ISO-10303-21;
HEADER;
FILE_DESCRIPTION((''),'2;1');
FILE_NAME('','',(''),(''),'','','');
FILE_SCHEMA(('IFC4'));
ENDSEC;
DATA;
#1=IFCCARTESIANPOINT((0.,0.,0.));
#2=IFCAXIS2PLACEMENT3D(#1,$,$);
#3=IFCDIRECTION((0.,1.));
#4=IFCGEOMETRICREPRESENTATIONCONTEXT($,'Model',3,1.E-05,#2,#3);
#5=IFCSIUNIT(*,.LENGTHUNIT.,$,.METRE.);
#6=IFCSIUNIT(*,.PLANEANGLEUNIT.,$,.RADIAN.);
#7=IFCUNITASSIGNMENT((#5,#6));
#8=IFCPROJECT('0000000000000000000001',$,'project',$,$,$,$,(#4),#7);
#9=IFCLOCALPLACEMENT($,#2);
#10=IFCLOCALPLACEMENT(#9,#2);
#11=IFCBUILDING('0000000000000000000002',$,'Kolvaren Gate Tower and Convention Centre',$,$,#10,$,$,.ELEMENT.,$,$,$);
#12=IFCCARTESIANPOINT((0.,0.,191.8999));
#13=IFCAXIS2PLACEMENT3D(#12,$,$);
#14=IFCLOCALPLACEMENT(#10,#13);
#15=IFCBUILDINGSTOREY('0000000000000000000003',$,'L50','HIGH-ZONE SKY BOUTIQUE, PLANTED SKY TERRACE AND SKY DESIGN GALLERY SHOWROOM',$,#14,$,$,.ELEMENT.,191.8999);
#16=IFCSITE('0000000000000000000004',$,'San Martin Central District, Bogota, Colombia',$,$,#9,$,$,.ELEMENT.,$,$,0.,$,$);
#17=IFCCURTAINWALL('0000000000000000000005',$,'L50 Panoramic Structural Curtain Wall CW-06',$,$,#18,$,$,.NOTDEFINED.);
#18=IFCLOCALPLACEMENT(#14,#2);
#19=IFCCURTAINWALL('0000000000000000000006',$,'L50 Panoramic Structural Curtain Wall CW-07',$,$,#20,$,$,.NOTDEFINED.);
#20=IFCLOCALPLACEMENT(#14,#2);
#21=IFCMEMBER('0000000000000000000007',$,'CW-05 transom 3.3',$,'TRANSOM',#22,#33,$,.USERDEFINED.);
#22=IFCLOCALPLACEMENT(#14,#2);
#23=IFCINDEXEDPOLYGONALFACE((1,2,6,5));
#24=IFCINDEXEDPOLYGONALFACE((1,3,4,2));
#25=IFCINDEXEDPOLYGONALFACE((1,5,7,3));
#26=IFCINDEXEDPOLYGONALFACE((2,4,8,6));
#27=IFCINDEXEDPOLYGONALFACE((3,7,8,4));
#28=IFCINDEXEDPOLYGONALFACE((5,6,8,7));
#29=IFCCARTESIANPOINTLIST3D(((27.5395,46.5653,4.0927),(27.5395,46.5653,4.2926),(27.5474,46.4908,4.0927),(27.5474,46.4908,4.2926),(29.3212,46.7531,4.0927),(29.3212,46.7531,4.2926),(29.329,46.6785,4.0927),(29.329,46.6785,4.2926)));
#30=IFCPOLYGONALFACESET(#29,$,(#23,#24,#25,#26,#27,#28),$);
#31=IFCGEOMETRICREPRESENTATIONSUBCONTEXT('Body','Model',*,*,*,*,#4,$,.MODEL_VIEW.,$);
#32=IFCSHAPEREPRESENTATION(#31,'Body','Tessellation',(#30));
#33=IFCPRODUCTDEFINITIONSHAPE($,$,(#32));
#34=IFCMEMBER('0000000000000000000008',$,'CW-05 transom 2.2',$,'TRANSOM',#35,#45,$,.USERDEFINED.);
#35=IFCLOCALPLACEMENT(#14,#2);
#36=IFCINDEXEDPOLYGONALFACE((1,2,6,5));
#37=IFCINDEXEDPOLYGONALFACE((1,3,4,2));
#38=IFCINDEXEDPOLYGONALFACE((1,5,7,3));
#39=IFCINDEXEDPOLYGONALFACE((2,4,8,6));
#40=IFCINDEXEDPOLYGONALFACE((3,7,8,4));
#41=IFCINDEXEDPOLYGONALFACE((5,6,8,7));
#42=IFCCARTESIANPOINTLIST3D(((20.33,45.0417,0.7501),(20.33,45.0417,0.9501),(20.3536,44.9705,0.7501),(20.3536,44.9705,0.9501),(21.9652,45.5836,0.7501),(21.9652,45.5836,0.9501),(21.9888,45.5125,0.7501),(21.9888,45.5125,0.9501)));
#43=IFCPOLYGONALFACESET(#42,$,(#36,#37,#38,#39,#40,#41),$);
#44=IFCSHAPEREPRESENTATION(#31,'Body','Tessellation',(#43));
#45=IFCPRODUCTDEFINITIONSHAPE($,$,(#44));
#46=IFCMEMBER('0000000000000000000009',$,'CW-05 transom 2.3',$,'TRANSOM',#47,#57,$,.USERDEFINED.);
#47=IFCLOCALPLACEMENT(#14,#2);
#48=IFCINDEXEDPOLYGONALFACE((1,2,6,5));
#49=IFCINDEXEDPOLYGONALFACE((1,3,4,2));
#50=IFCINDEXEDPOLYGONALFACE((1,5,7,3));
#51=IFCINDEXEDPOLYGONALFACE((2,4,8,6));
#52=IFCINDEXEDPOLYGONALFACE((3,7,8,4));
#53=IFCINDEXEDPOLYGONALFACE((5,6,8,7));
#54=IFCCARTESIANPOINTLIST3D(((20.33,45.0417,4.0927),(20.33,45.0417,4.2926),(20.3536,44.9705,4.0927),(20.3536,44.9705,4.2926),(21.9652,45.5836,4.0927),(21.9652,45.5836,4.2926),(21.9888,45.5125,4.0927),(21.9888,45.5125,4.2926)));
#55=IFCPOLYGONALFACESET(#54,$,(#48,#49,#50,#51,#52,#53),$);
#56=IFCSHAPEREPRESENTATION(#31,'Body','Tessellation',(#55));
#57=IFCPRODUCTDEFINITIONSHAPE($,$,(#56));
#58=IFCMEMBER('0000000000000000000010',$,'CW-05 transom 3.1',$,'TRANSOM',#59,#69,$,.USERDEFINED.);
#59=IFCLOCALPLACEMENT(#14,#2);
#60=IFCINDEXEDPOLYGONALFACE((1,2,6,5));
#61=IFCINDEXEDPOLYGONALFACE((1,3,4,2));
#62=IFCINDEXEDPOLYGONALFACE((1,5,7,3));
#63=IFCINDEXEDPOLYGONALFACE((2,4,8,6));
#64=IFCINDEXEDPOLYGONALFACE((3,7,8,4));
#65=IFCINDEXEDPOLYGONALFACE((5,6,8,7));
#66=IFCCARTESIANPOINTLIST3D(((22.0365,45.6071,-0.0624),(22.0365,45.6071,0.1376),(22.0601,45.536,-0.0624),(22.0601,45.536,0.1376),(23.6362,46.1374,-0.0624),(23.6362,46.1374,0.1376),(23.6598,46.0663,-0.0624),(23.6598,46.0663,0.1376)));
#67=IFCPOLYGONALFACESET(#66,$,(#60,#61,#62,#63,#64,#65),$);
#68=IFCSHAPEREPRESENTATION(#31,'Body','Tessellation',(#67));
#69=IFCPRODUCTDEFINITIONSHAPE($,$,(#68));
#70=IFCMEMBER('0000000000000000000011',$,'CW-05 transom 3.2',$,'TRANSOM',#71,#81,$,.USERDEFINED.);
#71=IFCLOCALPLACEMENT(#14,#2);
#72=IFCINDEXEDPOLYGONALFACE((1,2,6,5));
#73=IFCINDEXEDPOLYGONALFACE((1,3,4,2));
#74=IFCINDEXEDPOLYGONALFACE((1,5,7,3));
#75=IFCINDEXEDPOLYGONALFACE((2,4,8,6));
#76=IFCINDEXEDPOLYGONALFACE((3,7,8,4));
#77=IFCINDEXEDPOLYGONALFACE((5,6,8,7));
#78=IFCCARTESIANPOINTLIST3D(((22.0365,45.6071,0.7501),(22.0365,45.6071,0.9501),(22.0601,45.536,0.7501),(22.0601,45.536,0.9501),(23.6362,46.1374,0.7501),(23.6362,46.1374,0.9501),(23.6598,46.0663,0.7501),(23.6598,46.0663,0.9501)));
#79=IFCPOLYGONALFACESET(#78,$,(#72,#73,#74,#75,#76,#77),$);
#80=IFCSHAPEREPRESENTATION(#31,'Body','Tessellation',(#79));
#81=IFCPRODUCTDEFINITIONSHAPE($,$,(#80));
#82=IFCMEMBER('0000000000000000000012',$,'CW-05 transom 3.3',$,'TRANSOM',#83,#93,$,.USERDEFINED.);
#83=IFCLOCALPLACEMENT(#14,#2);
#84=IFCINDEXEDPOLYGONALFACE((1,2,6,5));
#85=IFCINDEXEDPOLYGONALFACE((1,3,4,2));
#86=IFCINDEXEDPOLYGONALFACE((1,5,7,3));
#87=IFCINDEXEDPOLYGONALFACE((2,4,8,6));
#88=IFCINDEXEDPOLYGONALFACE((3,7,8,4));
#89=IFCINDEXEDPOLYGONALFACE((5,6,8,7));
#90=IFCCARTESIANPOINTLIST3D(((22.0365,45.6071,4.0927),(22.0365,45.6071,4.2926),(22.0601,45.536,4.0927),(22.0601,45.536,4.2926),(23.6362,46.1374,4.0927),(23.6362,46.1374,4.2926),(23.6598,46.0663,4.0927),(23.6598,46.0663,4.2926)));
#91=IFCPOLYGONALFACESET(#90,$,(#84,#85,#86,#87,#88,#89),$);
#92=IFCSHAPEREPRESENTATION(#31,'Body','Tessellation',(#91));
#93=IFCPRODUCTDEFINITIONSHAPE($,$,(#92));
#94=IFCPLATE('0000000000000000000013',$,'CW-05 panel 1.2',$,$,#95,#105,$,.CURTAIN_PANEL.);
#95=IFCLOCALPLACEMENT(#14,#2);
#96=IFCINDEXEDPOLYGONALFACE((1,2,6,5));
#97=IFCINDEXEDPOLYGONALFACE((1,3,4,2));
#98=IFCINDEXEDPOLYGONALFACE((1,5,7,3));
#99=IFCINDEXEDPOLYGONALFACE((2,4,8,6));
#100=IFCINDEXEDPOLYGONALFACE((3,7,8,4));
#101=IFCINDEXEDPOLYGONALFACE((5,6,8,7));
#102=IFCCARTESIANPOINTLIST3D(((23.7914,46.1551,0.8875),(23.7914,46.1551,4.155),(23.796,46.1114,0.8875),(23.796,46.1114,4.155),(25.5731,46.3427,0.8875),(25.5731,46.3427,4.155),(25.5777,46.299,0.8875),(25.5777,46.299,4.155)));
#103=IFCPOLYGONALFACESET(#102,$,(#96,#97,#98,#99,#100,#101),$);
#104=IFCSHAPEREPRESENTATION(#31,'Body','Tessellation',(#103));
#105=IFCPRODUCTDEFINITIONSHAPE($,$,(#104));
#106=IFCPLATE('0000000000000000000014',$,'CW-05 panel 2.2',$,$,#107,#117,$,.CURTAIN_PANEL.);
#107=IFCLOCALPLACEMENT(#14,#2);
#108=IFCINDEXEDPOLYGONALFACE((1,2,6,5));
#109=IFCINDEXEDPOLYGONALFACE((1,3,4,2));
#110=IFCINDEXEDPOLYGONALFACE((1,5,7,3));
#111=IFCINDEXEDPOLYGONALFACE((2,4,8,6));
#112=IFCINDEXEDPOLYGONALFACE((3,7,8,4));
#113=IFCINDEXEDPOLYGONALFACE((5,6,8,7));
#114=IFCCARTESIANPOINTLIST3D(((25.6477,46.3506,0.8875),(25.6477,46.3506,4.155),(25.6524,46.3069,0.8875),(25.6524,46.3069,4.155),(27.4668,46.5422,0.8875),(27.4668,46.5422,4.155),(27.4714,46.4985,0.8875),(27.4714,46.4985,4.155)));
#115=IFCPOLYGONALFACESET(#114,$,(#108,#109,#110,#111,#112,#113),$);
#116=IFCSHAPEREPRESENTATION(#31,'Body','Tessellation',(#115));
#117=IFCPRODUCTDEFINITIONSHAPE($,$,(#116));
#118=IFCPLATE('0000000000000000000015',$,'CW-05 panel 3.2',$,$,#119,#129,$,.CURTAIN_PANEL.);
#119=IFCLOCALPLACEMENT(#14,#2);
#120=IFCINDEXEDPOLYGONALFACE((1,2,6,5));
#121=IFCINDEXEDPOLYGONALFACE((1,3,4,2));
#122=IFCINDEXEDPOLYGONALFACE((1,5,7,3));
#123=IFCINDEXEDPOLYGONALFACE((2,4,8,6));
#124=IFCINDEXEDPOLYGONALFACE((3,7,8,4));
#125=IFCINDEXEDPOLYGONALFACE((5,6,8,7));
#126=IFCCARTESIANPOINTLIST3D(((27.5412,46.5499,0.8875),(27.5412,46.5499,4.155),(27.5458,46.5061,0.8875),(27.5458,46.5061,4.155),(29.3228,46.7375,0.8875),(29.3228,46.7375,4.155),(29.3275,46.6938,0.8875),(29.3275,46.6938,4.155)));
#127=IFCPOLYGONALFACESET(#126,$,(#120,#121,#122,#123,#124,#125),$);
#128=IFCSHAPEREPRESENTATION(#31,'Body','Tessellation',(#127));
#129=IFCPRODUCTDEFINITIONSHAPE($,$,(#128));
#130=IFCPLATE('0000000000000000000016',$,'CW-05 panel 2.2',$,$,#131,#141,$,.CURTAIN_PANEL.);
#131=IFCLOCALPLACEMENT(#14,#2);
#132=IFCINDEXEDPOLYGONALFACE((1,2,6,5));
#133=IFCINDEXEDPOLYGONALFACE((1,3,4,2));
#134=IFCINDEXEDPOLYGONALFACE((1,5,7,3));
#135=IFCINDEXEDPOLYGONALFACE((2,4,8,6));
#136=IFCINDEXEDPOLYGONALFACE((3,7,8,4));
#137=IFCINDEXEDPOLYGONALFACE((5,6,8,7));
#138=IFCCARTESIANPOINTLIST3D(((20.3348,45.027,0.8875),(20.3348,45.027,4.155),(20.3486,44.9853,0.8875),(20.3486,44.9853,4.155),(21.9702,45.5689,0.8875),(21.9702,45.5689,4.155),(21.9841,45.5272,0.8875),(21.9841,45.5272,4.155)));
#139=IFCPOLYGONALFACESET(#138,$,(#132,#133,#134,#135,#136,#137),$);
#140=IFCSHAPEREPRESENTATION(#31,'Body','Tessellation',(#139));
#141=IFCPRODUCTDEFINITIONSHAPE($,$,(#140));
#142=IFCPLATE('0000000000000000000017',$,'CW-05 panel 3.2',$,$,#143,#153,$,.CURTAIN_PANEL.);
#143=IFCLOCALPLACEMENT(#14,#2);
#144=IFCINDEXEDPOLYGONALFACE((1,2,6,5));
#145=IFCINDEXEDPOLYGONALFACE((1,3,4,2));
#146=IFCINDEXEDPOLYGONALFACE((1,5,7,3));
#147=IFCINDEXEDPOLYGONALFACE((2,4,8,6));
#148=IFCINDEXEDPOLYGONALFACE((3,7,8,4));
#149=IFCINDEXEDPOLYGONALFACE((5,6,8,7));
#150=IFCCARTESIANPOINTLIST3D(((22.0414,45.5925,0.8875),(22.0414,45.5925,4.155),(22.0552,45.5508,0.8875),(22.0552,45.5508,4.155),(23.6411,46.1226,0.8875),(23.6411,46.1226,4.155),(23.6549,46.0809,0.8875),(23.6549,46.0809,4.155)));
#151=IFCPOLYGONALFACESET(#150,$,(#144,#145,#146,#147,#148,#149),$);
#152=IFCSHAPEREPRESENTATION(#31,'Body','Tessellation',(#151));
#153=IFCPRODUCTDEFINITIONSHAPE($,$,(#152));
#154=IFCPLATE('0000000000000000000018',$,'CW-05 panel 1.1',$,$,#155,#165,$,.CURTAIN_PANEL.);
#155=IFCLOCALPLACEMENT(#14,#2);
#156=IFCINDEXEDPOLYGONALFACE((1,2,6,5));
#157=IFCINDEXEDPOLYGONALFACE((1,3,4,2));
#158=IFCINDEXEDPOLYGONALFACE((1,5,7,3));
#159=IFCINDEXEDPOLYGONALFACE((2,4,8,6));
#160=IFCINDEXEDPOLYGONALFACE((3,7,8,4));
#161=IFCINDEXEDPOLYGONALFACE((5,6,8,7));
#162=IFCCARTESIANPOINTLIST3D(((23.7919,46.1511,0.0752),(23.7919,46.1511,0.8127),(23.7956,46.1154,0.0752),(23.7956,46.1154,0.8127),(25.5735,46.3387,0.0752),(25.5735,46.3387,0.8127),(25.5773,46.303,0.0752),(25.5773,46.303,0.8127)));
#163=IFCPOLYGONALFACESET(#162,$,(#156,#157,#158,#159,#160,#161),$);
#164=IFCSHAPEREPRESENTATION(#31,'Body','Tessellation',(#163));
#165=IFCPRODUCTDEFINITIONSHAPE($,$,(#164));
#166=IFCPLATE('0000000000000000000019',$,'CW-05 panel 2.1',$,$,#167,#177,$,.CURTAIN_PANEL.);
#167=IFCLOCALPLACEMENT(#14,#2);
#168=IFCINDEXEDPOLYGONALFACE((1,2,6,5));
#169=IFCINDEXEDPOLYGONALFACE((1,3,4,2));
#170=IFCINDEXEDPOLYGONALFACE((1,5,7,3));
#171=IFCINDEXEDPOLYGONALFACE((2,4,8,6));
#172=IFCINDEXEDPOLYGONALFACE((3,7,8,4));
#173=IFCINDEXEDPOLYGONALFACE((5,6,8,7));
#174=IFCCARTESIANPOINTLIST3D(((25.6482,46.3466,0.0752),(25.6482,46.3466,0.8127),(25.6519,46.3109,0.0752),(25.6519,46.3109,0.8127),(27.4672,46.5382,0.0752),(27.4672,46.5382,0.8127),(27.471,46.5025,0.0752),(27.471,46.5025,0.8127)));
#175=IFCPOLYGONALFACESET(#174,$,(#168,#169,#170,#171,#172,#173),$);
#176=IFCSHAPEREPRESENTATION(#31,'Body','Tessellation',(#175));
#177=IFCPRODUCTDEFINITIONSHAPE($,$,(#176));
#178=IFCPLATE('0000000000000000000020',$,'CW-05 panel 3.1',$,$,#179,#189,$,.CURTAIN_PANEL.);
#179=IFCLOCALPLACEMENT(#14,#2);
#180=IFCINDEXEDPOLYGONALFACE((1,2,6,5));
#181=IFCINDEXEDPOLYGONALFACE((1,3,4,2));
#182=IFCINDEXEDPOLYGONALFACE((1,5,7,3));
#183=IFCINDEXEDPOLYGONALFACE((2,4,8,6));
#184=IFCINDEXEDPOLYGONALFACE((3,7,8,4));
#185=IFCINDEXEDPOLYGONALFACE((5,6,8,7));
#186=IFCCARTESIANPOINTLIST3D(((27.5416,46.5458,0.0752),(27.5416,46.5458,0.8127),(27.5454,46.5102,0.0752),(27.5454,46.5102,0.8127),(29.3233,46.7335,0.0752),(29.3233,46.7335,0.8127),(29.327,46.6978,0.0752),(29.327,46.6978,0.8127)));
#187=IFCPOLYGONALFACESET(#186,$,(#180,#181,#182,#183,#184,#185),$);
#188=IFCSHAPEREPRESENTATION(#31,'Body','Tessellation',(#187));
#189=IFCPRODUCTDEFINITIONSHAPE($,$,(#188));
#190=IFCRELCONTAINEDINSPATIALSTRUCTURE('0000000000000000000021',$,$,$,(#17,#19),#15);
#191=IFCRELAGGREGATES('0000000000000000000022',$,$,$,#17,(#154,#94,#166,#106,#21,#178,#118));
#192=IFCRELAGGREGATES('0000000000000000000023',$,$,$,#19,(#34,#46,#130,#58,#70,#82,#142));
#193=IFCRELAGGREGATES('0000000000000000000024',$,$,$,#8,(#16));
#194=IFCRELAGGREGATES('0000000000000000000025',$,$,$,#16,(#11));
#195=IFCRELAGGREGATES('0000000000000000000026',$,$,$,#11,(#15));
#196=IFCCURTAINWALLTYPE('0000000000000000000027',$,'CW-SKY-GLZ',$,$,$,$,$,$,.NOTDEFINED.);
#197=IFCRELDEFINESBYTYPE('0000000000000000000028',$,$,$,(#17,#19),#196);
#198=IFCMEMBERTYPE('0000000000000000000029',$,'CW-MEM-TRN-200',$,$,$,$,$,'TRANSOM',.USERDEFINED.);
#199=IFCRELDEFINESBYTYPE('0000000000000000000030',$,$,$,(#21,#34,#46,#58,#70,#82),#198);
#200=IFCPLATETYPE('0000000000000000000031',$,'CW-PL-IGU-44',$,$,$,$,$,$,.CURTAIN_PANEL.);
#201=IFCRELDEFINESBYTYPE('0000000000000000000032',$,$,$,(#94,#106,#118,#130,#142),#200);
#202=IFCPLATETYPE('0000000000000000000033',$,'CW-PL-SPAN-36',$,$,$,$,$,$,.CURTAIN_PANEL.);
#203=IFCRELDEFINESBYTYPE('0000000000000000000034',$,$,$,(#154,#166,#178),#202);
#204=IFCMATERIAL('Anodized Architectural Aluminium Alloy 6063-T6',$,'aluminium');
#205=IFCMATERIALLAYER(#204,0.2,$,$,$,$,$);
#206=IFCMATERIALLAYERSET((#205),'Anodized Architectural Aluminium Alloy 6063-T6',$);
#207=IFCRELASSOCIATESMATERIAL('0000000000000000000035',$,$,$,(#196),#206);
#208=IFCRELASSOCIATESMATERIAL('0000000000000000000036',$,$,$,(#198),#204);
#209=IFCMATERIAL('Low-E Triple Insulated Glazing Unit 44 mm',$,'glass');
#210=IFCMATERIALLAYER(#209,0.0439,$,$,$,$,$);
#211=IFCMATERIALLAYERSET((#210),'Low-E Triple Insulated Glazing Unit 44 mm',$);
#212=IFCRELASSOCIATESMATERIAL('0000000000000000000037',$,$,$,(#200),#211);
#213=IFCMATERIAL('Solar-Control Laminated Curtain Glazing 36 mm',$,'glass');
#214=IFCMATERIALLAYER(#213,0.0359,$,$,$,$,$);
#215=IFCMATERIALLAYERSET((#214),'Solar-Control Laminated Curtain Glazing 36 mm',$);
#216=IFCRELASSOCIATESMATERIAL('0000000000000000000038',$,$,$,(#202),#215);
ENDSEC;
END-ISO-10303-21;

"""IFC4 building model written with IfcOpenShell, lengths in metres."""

from ifc_helpers import new_model, si_unit, direction, frame, origin, origin_2d, place, context, subcontext, project, spatial, rectangle, extrude, material, layer, layer_set, material_profile, profile_set, type_object, element, aggregate, save


model = new_model("IFC4")

# Units and contexts
model_context = context("Model", 3, precision=1e-05, world=origin(), true_north=direction((0.0, 1.0)))
body_context = subcontext(model_context, "Body", "Model", "MODEL_VIEW")
ifc_project = project(units=[si_unit("LENGTHUNIT", "METRE"), si_unit("PLANEANGLEUNIT", "RADIAN")], contexts=[model_context])

# Site, building, storey
site_placement = place(None, origin())
site = spatial("IfcSite", under=ifc_project, at=site_placement, Name="San Martin Central District, Bogota, Colombia", CompositionType="ELEMENT", RefElevation=0.0)
building_placement = place(site_placement, origin())
building = spatial("IfcBuilding", under=site, at=building_placement, Name="Kolvaren Gate Tower and Convention Centre", CompositionType="ELEMENT")
storey_placement = place(building_placement, frame((0.0, 0.0, 191.8999)))
storey = spatial("IfcBuildingStorey", under=building, at=storey_placement, Name="L50", Description="HIGH-ZONE SKY BOUTIQUE, PLANTED SKY TERRACE AND SKY DESIGN GALLERY SHOWROOM", CompositionType="ELEMENT", Elevation=191.8999)

# Curtain walls
ifc_material_1 = material(Name="Anodized Architectural Aluminium Alloy 6063-T6", Category="aluminium")
ifc_layer_1 = layer(ifc_material_1, 0.2)
ifc_layer_set_1 = layer_set([ifc_layer_1], Name="Anodized Architectural Aluminium Alloy 6063-T6")
curtain_wall_type = type_object("IfcCurtainWallType", Name="CW-SKY-GLZ", PredefinedType="NOTDEFINED", material=ifc_layer_set_1)
curtain_wall_1_placement = place(storey_placement, origin())
curtain_wall_1 = element("IfcCurtainWall", 1, at=curtain_wall_1_placement, inside=storey, type_object=curtain_wall_type, Name="L50 Panoramic Structural Curtain Wall CW-06", PredefinedType="NOTDEFINED")
curtain_wall_2_placement = place(storey_placement, origin())
curtain_wall_2 = element("IfcCurtainWall", 2, at=curtain_wall_2_placement, inside=storey, type_object=curtain_wall_type, Name="L50 Panoramic Structural Curtain Wall CW-07", PredefinedType="NOTDEFINED")

# Members
ifc_material_profile_1 = material_profile(ifc_material_1, rectangle(XDim=0.075, YDim=0.2, at=origin_2d()), Name="CW-MEM-TRN-200")
ifc_profile_set_1 = profile_set([ifc_material_profile_1], Name="Anodized Architectural Aluminium Alloy 6063-T6")
member_type_1 = type_object("IfcMemberType", Name="CW-MEM-TRN-200", ElementType="TRANSOM", PredefinedType="USERDEFINED", material=ifc_profile_set_1)
member_1_placement = place(storey_placement, frame((27.5435, 46.5281, 4.1926), z_axis=(0.994494, 0.104791, 0.0), x_axis=(-0.104791, 0.994494, 0.0)))
member_1 = element("IfcMember", 3, at=member_1_placement, type_object=member_type_1, Name="CW-05 transom 3.3", ObjectType="TRANSOM", PredefinedType="USERDEFINED", context=body_context, shape_type="SweptSolid", body=[
    extrude(rectangle(XDim=0.075, YDim=0.2, at=origin_2d()), origin(), (0.0, 0.0, 1.0), 1.7915),
])
member_2_placement = place(storey_placement, frame((20.3418, 45.0061, 0.8501), z_axis=(0.94922, 0.314612, 0.0), x_axis=(-0.314612, 0.94922, 0.0)))
member_2 = element("IfcMember", 4, at=member_2_placement, type_object=member_type_1, Name="CW-05 transom 2.2", ObjectType="TRANSOM", PredefinedType="USERDEFINED", context=body_context, shape_type="SweptSolid", body=[
    extrude(rectangle(XDim=0.075, YDim=0.2, at=origin_2d()), origin(), (0.0, 0.0, 1.0), 1.7227),
])
member_3_placement = place(storey_placement, frame((20.3418, 45.0061, 4.1926), z_axis=(0.94922, 0.314612, 0.0), x_axis=(-0.314612, 0.94922, 0.0)))
member_3 = element("IfcMember", 5, at=member_3_placement, type_object=member_type_1, Name="CW-05 transom 2.3", ObjectType="TRANSOM", PredefinedType="USERDEFINED", context=body_context, shape_type="SweptSolid", body=[
    extrude(rectangle(XDim=0.075, YDim=0.2, at=origin_2d()), origin(), (0.0, 0.0, 1.0), 1.7227),
])
member_4_placement = place(storey_placement, frame((22.0483, 45.5715, 0.0376), z_axis=(0.949204, 0.314663, 0.0), x_axis=(-0.314663, 0.949204, 0.0)))
member_4 = element("IfcMember", 6, at=member_4_placement, type_object=member_type_1, Name="CW-05 transom 3.1", ObjectType="TRANSOM", PredefinedType="USERDEFINED", context=body_context, shape_type="SweptSolid", body=[
    extrude(rectangle(XDim=0.075, YDim=0.2, at=origin_2d()), origin(), (0.0, 0.0, 1.0), 1.6853),
])
member_5_placement = place(storey_placement, frame((22.0483, 45.5715, 0.8501), z_axis=(0.949204, 0.314663, 0.0), x_axis=(-0.314663, 0.949204, 0.0)))
member_5 = element("IfcMember", 7, at=member_5_placement, type_object=member_type_1, Name="CW-05 transom 3.2", ObjectType="TRANSOM", PredefinedType="USERDEFINED", context=body_context, shape_type="SweptSolid", body=[
    extrude(rectangle(XDim=0.075, YDim=0.2, at=origin_2d()), origin(), (0.0, 0.0, 1.0), 1.6853),
])
member_6_placement = place(storey_placement, frame((22.0483, 45.5715, 4.1926), z_axis=(0.949204, 0.314663, 0.0), x_axis=(-0.314663, 0.949204, 0.0)))
member_6 = element("IfcMember", 8, at=member_6_placement, type_object=member_type_1, Name="CW-05 transom 3.3", ObjectType="TRANSOM", PredefinedType="USERDEFINED", context=body_context, shape_type="SweptSolid", body=[
    extrude(rectangle(XDim=0.075, YDim=0.2, at=origin_2d()), origin(), (0.0, 0.0, 1.0), 1.6853),
])

# Plates
ifc_material_2 = material(Name="Low-E Triple Insulated Glazing Unit 44 mm", Category="glass")
ifc_layer_2 = layer(ifc_material_2, 0.0439)
ifc_layer_set_2 = layer_set([ifc_layer_2], Name="Low-E Triple Insulated Glazing Unit 44 mm")
plate_type_1 = type_object("IfcPlateType", Name="CW-PL-IGU-44", PredefinedType="CURTAIN_PANEL", material=ifc_layer_set_2)
plate_1_placement = place(storey_placement, frame((24.6846, 46.2271, 0.8875), z_axis=(0.0, 0.0, 1.0), x_axis=(0.994499, 0.104744, 0.0)))
plate_1 = element("IfcPlate", 9, at=plate_1_placement, type_object=plate_type_1, Name="CW-05 panel 1.2", PredefinedType="CURTAIN_PANEL", context=body_context, shape_type="SweptSolid", body=[
    extrude(rectangle(XDim=1.7915, YDim=0.0439, at=origin_2d()), origin(), (0.0, 0.0, 1.0), 3.2676),
])
plate_2_placement = place(storey_placement, frame((26.5596, 46.4246, 0.8875), z_axis=(0.0, 0.0, 1.0), x_axis=(0.994499, 0.104744, 0.0)))
plate_2 = element("IfcPlate", 10, at=plate_2_placement, type_object=plate_type_1, Name="CW-05 panel 2.2", PredefinedType="CURTAIN_PANEL", context=body_context, shape_type="SweptSolid", body=[
    extrude(rectangle(XDim=1.8291, YDim=0.0439, at=origin_2d()), origin(), (0.0, 0.0, 1.0), 3.2676),
])
plate_3_placement = place(storey_placement, frame((28.4343, 46.6218, 0.8875), z_axis=(0.0, 0.0, 1.0), x_axis=(0.994499, 0.104744, 0.0)))
plate_3 = element("IfcPlate", 11, at=plate_3_placement, type_object=plate_type_1, Name="CW-05 panel 3.2", PredefinedType="CURTAIN_PANEL", context=body_context, shape_type="SweptSolid", body=[
    extrude(rectangle(XDim=1.7915, YDim=0.0439, at=origin_2d()), origin(), (0.0, 0.0, 1.0), 3.2676),
])
plate_4_placement = place(storey_placement, frame((21.1594, 45.2771, 0.8875), z_axis=(0.0, 0.0, 1.0), x_axis=(0.94924, 0.314553, 0.0)))
plate_4 = element("IfcPlate", 12, at=plate_4_placement, type_object=plate_type_1, Name="CW-05 panel 2.2", PredefinedType="CURTAIN_PANEL", context=body_context, shape_type="SweptSolid", body=[
    extrude(rectangle(XDim=1.7229, YDim=0.0439, at=origin_2d()), origin(), (0.0, 0.0, 1.0), 3.2676),
])
plate_5_placement = place(storey_placement, frame((22.8481, 45.8367, 0.8875), z_axis=(0.0, 0.0, 1.0), x_axis=(0.94924, 0.314553, 0.0)))
plate_5 = element("IfcPlate", 13, at=plate_5_placement, type_object=plate_type_1, Name="CW-05 panel 3.2", PredefinedType="CURTAIN_PANEL", context=body_context, shape_type="SweptSolid", body=[
    extrude(rectangle(XDim=1.6853, YDim=0.0439, at=origin_2d()), origin(), (0.0, 0.0, 1.0), 3.2676),
])
ifc_material_3 = material(Name="Solar-Control Laminated Curtain Glazing 36 mm", Category="glass")
ifc_layer_3 = layer(ifc_material_3, 0.0359)
ifc_layer_set_3 = layer_set([ifc_layer_3], Name="Solar-Control Laminated Curtain Glazing 36 mm")
plate_type_2 = type_object("IfcPlateType", Name="CW-PL-SPAN-36", PredefinedType="CURTAIN_PANEL", material=ifc_layer_set_3)
plate_6_placement = place(storey_placement, frame((24.6846, 46.2271, 0.0752), z_axis=(0.0, 0.0, 1.0), x_axis=(0.994499, 0.104744, 0.0)))
plate_6 = element("IfcPlate", 14, at=plate_6_placement, type_object=plate_type_2, Name="CW-05 panel 1.1", PredefinedType="CURTAIN_PANEL", context=body_context, shape_type="SweptSolid", body=[
    extrude(rectangle(XDim=1.7915, YDim=0.0359, at=origin_2d()), origin(), (0.0, 0.0, 1.0), 0.7375),
])
plate_7_placement = place(storey_placement, frame((26.5596, 46.4246, 0.0752), z_axis=(0.0, 0.0, 1.0), x_axis=(0.994499, 0.104744, 0.0)))
plate_7 = element("IfcPlate", 15, at=plate_7_placement, type_object=plate_type_2, Name="CW-05 panel 2.1", PredefinedType="CURTAIN_PANEL", context=body_context, shape_type="SweptSolid", body=[
    extrude(rectangle(XDim=1.8291, YDim=0.0359, at=origin_2d()), origin(), (0.0, 0.0, 1.0), 0.7375),
])
plate_8_placement = place(storey_placement, frame((28.4343, 46.6218, 0.0752), z_axis=(0.0, 0.0, 1.0), x_axis=(0.994499, 0.104744, 0.0)))
plate_8 = element("IfcPlate", 16, at=plate_8_placement, type_object=plate_type_2, Name="CW-05 panel 3.1", PredefinedType="CURTAIN_PANEL", context=body_context, shape_type="SweptSolid", body=[
    extrude(rectangle(XDim=1.7915, YDim=0.0359, at=origin_2d()), origin(), (0.0, 0.0, 1.0), 0.7375),
])
aggregate(curtain_wall_1, [plate_6, plate_1, plate_7, plate_2, member_1, plate_8, plate_3])
aggregate(curtain_wall_2, [member_2, member_3, plate_4, member_4, member_5, member_6, plate_5])

save(model, "model.ifc")
